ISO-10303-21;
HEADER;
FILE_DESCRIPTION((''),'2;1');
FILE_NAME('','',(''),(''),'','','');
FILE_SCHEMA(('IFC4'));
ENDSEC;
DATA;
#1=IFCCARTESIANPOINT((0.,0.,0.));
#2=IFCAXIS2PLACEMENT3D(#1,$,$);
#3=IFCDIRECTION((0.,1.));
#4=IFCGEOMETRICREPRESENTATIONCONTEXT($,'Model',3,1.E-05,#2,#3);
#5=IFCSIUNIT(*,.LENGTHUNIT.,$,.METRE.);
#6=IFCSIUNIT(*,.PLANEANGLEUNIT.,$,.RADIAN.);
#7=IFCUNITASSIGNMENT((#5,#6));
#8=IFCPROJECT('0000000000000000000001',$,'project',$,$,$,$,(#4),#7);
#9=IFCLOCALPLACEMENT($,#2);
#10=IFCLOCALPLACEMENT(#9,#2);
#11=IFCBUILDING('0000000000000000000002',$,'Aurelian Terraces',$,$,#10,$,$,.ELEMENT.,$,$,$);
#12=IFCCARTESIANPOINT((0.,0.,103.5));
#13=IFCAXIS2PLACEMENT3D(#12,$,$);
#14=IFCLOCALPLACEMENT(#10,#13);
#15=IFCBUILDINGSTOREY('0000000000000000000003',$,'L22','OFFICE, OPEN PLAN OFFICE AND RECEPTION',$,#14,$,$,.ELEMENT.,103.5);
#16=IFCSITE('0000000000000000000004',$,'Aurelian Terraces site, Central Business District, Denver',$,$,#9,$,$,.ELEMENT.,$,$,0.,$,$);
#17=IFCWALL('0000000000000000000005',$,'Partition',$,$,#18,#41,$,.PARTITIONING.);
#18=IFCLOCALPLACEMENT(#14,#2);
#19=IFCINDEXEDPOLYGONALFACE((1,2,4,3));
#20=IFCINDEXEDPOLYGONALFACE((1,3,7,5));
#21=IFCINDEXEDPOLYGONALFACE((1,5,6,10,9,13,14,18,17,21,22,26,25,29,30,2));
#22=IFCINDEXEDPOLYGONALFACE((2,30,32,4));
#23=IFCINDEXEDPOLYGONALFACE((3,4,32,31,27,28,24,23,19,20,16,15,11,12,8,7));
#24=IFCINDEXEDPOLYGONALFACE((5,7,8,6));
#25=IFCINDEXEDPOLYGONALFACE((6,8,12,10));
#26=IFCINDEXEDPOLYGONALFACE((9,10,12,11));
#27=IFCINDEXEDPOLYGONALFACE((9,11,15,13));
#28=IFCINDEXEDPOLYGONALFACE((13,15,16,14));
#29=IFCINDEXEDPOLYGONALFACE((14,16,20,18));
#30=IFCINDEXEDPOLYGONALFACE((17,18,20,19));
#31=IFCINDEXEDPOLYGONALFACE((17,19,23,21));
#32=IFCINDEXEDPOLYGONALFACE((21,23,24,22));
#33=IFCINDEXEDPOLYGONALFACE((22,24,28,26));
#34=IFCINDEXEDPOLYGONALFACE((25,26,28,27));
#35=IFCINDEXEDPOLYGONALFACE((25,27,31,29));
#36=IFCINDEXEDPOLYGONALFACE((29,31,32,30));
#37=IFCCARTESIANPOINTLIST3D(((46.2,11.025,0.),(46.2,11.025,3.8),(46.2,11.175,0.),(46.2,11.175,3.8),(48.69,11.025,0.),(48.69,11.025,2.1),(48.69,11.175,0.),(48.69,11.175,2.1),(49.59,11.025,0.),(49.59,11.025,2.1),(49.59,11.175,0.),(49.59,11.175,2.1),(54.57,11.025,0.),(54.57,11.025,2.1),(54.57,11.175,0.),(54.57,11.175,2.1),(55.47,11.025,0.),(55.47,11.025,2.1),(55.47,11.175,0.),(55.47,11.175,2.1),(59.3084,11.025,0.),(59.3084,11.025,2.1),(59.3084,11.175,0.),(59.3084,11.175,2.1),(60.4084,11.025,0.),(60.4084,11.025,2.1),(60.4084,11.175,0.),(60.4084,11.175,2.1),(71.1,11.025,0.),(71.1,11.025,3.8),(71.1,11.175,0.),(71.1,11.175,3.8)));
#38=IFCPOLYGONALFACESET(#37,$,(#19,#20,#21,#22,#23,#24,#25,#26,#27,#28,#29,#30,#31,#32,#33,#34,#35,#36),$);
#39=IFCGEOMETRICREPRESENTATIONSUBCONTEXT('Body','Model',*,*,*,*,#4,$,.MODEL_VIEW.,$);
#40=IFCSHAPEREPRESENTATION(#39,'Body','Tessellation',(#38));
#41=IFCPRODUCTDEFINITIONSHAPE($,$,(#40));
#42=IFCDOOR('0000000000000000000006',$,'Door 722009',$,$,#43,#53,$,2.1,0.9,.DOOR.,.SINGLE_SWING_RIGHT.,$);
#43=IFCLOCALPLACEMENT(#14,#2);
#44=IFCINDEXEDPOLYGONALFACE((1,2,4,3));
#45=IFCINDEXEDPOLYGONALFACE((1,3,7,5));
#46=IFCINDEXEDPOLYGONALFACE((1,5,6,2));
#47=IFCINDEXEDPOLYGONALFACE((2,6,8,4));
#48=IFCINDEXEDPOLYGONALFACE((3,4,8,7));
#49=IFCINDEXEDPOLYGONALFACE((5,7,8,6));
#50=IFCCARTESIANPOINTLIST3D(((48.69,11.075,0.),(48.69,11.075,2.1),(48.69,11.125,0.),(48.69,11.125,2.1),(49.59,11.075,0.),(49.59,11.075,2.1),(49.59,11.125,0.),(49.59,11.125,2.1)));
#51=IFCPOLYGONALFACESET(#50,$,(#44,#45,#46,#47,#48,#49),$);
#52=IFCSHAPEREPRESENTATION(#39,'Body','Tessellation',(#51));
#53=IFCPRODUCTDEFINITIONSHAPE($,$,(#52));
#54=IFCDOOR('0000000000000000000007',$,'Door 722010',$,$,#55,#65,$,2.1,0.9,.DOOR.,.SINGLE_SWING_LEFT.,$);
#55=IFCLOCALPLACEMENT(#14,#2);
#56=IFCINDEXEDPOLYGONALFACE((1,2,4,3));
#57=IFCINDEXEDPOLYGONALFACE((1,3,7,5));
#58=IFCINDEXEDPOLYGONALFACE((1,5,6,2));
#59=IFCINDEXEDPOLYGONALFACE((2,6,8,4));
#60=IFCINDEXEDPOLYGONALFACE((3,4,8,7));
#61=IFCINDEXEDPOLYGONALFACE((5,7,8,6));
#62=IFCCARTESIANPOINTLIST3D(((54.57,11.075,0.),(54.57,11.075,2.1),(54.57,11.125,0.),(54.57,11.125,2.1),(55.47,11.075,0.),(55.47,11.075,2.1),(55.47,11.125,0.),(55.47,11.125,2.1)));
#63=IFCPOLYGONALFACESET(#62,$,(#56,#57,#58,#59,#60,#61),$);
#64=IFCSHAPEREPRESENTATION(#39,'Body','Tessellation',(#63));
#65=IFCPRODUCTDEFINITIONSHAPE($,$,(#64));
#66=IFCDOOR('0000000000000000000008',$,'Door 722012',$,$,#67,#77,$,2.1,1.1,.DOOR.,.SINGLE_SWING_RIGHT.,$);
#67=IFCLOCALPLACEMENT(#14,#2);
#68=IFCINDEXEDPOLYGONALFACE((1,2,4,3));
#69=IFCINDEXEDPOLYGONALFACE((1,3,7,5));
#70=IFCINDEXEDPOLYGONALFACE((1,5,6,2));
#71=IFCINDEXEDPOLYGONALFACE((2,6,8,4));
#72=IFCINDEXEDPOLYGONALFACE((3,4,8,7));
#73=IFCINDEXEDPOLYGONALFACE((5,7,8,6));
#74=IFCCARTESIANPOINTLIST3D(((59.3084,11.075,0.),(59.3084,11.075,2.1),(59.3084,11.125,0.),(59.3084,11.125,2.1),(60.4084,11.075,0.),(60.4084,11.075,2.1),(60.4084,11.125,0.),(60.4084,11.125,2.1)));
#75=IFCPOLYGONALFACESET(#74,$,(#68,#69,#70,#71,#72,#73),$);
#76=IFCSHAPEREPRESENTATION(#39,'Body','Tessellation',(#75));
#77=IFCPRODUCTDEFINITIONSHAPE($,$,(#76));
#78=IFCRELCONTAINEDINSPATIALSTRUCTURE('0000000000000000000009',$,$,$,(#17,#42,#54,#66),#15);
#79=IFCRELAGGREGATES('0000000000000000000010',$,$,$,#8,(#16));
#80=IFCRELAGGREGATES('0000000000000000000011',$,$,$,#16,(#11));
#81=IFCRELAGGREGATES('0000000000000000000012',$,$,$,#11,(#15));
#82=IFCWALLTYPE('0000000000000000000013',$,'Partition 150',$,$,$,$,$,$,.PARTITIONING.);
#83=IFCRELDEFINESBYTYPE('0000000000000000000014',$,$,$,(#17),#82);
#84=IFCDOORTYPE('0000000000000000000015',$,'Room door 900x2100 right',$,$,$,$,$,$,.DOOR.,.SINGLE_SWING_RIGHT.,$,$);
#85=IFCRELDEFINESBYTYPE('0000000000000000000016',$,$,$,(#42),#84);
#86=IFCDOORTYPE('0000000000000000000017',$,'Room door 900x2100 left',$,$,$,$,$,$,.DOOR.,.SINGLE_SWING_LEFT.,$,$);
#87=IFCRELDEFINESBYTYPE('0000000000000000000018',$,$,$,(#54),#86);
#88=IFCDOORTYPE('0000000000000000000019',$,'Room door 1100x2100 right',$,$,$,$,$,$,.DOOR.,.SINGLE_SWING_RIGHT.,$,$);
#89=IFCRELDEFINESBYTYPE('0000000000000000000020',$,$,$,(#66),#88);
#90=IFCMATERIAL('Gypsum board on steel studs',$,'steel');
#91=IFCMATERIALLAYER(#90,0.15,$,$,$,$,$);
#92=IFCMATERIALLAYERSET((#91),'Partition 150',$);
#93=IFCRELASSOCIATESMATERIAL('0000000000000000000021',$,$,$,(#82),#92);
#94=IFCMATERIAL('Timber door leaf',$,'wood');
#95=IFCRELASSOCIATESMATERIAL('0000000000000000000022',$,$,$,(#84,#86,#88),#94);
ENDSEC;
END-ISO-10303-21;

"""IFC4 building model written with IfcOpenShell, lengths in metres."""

from ifc_helpers import new_model, si_unit, direction, frame, frame_2d, origin, place, context, subcontext, project, spatial, rectangle, extrude, source, transform, mapped, material, layer, layer_set, type_object, element, fill, save


model = new_model("IFC4")

# Units and contexts
model_context = context("Model", 3, precision=1e-05, world=origin(), true_north=direction((0.0, 1.0)))
body_context = subcontext(model_context, "Body", "Model", "MODEL_VIEW")
ifc_project = project(units=[si_unit("LENGTHUNIT", "METRE"), si_unit("PLANEANGLEUNIT", "RADIAN")], contexts=[model_context])

# Site, building, storey
site_placement = place(None, origin())
site = spatial("IfcSite", under=ifc_project, at=site_placement, Name="Aurelian Terraces site, Central Business District, Denver", CompositionType="ELEMENT", RefElevation=0.0)
building_placement = place(site_placement, origin())
building = spatial("IfcBuilding", under=site, at=building_placement, Name="Aurelian Terraces", CompositionType="ELEMENT")
storey_placement = place(building_placement, frame((0.0, 0.0, 103.5)))
storey = spatial("IfcBuildingStorey", under=building, at=storey_placement, Name="L22", Description="OFFICE, OPEN PLAN OFFICE AND RECEPTION", CompositionType="ELEMENT", Elevation=103.5)

# Wall, openings, doors
ifc_material_1 = material(Name="Gypsum board on steel studs", Category="steel")
ifc_layer_1 = layer(ifc_material_1, 0.15)
ifc_layer_set_1 = layer_set([ifc_layer_1], Name="Partition 150")
wall_type_1 = type_object("IfcWallType", Name="Partition 150", PredefinedType="PARTITIONING", material=ifc_layer_set_1)
shared_shape_1 = source(origin(), body_context, "Body", "SweptSolid", [
    extrude(rectangle(XDim=24.9, YDim=0.15, at=frame_2d((12.45, 0.0))), origin(), (0.0, 0.0, 1.0), 3.8),
])
wall_1_placement = place(storey_placement, frame((71.1, 11.1, 0.0), z_axis=(0.0, 0.0, 1.0), x_axis=(-1.0, 0.0, 0.0)))
wall_1 = element("IfcWall", 1, at=wall_1_placement, inside=storey, type_object=wall_type_1, Name="Partition", PredefinedType="PARTITIONING", context=body_context, shape_type="MappedRepresentation", body=[
    mapped(shared_shape_1, transform((0.0, 0.0, 0.0), scale=1.0)),
])
shared_shape_2 = source(origin(), body_context, "Body", "SweptSolid", [
    extrude(rectangle(XDim=0.9, YDim=2.1, at=frame_2d((0.45, 1.05))), frame((0.0, 0.085, 0.0), z_axis=(0.0, -1.0, 0.0), x_axis=(1.0, 0.0, 0.0)), (0.0, 0.0, 1.0), 0.17),
])
opening_1_placement = place(wall_1_placement, frame((21.51, 0.0, 0.0)))
opening_1 = element("IfcOpeningElement", 2, at=opening_1_placement, cuts=wall_1, PredefinedType="OPENING", context=body_context, shape_type="MappedRepresentation", body=[
    mapped(shared_shape_2, transform((0.0, 0.0, 0.0), scale=1.0)),
])
opening_2_placement = place(wall_1_placement, frame((15.63, 0.0, 0.0)))
opening_2 = element("IfcOpeningElement", 3, at=opening_2_placement, cuts=wall_1, PredefinedType="OPENING", context=body_context, shape_type="MappedRepresentation", body=[
    mapped(shared_shape_2, transform((0.0, 0.0, 0.0), scale=1.0)),
])
shared_shape_3 = source(origin(), body_context, "Body", "SweptSolid", [
    extrude(rectangle(XDim=1.1, YDim=2.1, at=frame_2d((0.55, 1.05))), frame((0.0, 0.085, 0.0), z_axis=(0.0, -1.0, 0.0), x_axis=(1.0, 0.0, 0.0)), (0.0, 0.0, 1.0), 0.17),
])
opening_3_placement = place(wall_1_placement, frame((10.6916, 0.0, 0.0)))
opening_3 = element("IfcOpeningElement", 4, at=opening_3_placement, cuts=wall_1, PredefinedType="OPENING", context=body_context, shape_type="MappedRepresentation", body=[
    mapped(shared_shape_3, transform((0.0, 0.0, 0.0), scale=1.0)),
])
ifc_material_2 = material(Name="Timber door leaf", Category="wood")
door_type_1 = type_object("IfcDoorType", Name="Room door 900x2100 right", OperationType="SINGLE_SWING_RIGHT", PredefinedType="DOOR", material=ifc_material_2)
shared_shape_4 = source(origin(), body_context, "Body", "SweptSolid", [
    extrude(rectangle(XDim=0.9, YDim=2.1, at=frame_2d((0.45, 1.05))), frame((0.0, 0.025, 0.0), z_axis=(0.0, -1.0, 0.0), x_axis=(1.0, 0.0, 0.0)), (0.0, 0.0, 1.0), 0.05),
])
door_1_placement = place(opening_1_placement, origin())
door_1 = element("IfcDoor", 5, at=door_1_placement, inside=storey, type_object=door_type_1, Name="Door 722009", OperationType="SINGLE_SWING_RIGHT", OverallHeight=2.1, OverallWidth=0.9, PredefinedType="DOOR", context=body_context, shape_type="MappedRepresentation", body=[
    mapped(shared_shape_4, transform((0.0, 0.0, 0.0), scale=1.0)),
])
fill(opening_1, door_1)
door_type_2 = type_object("IfcDoorType", Name="Room door 900x2100 left", OperationType="SINGLE_SWING_LEFT", PredefinedType="DOOR", material=ifc_material_2)
door_2_placement = place(opening_2_placement, origin())
door_2 = element("IfcDoor", 6, at=door_2_placement, inside=storey, type_object=door_type_2, Name="Door 722010", OperationType="SINGLE_SWING_LEFT", OverallHeight=2.1, OverallWidth=0.9, PredefinedType="DOOR", context=body_context, shape_type="MappedRepresentation", body=[
    mapped(shared_shape_4, transform((0.0, 0.0, 0.0), scale=1.0)),
])
fill(opening_2, door_2)
door_type_3 = type_object("IfcDoorType", Name="Room door 1100x2100 right", OperationType="SINGLE_SWING_RIGHT", PredefinedType="DOOR", material=ifc_material_2)
shared_shape_5 = source(origin(), body_context, "Body", "SweptSolid", [
    extrude(rectangle(XDim=1.1, YDim=2.1, at=frame_2d((0.55, 1.05))), frame((0.0, 0.025, 0.0), z_axis=(0.0, -1.0, 0.0), x_axis=(1.0, 0.0, 0.0)), (0.0, 0.0, 1.0), 0.05),
])
door_3_placement = place(opening_3_placement, origin())
door_3 = element("IfcDoor", 7, at=door_3_placement, inside=storey, type_object=door_type_3, Name="Door 722012", OperationType="SINGLE_SWING_RIGHT", OverallHeight=2.1, OverallWidth=1.1, PredefinedType="DOOR", context=body_context, shape_type="MappedRepresentation", body=[
    mapped(shared_shape_5, transform((0.0, 0.0, 0.0), scale=1.0)),
])
fill(opening_3, door_3)

save(model, "model.ifc")
